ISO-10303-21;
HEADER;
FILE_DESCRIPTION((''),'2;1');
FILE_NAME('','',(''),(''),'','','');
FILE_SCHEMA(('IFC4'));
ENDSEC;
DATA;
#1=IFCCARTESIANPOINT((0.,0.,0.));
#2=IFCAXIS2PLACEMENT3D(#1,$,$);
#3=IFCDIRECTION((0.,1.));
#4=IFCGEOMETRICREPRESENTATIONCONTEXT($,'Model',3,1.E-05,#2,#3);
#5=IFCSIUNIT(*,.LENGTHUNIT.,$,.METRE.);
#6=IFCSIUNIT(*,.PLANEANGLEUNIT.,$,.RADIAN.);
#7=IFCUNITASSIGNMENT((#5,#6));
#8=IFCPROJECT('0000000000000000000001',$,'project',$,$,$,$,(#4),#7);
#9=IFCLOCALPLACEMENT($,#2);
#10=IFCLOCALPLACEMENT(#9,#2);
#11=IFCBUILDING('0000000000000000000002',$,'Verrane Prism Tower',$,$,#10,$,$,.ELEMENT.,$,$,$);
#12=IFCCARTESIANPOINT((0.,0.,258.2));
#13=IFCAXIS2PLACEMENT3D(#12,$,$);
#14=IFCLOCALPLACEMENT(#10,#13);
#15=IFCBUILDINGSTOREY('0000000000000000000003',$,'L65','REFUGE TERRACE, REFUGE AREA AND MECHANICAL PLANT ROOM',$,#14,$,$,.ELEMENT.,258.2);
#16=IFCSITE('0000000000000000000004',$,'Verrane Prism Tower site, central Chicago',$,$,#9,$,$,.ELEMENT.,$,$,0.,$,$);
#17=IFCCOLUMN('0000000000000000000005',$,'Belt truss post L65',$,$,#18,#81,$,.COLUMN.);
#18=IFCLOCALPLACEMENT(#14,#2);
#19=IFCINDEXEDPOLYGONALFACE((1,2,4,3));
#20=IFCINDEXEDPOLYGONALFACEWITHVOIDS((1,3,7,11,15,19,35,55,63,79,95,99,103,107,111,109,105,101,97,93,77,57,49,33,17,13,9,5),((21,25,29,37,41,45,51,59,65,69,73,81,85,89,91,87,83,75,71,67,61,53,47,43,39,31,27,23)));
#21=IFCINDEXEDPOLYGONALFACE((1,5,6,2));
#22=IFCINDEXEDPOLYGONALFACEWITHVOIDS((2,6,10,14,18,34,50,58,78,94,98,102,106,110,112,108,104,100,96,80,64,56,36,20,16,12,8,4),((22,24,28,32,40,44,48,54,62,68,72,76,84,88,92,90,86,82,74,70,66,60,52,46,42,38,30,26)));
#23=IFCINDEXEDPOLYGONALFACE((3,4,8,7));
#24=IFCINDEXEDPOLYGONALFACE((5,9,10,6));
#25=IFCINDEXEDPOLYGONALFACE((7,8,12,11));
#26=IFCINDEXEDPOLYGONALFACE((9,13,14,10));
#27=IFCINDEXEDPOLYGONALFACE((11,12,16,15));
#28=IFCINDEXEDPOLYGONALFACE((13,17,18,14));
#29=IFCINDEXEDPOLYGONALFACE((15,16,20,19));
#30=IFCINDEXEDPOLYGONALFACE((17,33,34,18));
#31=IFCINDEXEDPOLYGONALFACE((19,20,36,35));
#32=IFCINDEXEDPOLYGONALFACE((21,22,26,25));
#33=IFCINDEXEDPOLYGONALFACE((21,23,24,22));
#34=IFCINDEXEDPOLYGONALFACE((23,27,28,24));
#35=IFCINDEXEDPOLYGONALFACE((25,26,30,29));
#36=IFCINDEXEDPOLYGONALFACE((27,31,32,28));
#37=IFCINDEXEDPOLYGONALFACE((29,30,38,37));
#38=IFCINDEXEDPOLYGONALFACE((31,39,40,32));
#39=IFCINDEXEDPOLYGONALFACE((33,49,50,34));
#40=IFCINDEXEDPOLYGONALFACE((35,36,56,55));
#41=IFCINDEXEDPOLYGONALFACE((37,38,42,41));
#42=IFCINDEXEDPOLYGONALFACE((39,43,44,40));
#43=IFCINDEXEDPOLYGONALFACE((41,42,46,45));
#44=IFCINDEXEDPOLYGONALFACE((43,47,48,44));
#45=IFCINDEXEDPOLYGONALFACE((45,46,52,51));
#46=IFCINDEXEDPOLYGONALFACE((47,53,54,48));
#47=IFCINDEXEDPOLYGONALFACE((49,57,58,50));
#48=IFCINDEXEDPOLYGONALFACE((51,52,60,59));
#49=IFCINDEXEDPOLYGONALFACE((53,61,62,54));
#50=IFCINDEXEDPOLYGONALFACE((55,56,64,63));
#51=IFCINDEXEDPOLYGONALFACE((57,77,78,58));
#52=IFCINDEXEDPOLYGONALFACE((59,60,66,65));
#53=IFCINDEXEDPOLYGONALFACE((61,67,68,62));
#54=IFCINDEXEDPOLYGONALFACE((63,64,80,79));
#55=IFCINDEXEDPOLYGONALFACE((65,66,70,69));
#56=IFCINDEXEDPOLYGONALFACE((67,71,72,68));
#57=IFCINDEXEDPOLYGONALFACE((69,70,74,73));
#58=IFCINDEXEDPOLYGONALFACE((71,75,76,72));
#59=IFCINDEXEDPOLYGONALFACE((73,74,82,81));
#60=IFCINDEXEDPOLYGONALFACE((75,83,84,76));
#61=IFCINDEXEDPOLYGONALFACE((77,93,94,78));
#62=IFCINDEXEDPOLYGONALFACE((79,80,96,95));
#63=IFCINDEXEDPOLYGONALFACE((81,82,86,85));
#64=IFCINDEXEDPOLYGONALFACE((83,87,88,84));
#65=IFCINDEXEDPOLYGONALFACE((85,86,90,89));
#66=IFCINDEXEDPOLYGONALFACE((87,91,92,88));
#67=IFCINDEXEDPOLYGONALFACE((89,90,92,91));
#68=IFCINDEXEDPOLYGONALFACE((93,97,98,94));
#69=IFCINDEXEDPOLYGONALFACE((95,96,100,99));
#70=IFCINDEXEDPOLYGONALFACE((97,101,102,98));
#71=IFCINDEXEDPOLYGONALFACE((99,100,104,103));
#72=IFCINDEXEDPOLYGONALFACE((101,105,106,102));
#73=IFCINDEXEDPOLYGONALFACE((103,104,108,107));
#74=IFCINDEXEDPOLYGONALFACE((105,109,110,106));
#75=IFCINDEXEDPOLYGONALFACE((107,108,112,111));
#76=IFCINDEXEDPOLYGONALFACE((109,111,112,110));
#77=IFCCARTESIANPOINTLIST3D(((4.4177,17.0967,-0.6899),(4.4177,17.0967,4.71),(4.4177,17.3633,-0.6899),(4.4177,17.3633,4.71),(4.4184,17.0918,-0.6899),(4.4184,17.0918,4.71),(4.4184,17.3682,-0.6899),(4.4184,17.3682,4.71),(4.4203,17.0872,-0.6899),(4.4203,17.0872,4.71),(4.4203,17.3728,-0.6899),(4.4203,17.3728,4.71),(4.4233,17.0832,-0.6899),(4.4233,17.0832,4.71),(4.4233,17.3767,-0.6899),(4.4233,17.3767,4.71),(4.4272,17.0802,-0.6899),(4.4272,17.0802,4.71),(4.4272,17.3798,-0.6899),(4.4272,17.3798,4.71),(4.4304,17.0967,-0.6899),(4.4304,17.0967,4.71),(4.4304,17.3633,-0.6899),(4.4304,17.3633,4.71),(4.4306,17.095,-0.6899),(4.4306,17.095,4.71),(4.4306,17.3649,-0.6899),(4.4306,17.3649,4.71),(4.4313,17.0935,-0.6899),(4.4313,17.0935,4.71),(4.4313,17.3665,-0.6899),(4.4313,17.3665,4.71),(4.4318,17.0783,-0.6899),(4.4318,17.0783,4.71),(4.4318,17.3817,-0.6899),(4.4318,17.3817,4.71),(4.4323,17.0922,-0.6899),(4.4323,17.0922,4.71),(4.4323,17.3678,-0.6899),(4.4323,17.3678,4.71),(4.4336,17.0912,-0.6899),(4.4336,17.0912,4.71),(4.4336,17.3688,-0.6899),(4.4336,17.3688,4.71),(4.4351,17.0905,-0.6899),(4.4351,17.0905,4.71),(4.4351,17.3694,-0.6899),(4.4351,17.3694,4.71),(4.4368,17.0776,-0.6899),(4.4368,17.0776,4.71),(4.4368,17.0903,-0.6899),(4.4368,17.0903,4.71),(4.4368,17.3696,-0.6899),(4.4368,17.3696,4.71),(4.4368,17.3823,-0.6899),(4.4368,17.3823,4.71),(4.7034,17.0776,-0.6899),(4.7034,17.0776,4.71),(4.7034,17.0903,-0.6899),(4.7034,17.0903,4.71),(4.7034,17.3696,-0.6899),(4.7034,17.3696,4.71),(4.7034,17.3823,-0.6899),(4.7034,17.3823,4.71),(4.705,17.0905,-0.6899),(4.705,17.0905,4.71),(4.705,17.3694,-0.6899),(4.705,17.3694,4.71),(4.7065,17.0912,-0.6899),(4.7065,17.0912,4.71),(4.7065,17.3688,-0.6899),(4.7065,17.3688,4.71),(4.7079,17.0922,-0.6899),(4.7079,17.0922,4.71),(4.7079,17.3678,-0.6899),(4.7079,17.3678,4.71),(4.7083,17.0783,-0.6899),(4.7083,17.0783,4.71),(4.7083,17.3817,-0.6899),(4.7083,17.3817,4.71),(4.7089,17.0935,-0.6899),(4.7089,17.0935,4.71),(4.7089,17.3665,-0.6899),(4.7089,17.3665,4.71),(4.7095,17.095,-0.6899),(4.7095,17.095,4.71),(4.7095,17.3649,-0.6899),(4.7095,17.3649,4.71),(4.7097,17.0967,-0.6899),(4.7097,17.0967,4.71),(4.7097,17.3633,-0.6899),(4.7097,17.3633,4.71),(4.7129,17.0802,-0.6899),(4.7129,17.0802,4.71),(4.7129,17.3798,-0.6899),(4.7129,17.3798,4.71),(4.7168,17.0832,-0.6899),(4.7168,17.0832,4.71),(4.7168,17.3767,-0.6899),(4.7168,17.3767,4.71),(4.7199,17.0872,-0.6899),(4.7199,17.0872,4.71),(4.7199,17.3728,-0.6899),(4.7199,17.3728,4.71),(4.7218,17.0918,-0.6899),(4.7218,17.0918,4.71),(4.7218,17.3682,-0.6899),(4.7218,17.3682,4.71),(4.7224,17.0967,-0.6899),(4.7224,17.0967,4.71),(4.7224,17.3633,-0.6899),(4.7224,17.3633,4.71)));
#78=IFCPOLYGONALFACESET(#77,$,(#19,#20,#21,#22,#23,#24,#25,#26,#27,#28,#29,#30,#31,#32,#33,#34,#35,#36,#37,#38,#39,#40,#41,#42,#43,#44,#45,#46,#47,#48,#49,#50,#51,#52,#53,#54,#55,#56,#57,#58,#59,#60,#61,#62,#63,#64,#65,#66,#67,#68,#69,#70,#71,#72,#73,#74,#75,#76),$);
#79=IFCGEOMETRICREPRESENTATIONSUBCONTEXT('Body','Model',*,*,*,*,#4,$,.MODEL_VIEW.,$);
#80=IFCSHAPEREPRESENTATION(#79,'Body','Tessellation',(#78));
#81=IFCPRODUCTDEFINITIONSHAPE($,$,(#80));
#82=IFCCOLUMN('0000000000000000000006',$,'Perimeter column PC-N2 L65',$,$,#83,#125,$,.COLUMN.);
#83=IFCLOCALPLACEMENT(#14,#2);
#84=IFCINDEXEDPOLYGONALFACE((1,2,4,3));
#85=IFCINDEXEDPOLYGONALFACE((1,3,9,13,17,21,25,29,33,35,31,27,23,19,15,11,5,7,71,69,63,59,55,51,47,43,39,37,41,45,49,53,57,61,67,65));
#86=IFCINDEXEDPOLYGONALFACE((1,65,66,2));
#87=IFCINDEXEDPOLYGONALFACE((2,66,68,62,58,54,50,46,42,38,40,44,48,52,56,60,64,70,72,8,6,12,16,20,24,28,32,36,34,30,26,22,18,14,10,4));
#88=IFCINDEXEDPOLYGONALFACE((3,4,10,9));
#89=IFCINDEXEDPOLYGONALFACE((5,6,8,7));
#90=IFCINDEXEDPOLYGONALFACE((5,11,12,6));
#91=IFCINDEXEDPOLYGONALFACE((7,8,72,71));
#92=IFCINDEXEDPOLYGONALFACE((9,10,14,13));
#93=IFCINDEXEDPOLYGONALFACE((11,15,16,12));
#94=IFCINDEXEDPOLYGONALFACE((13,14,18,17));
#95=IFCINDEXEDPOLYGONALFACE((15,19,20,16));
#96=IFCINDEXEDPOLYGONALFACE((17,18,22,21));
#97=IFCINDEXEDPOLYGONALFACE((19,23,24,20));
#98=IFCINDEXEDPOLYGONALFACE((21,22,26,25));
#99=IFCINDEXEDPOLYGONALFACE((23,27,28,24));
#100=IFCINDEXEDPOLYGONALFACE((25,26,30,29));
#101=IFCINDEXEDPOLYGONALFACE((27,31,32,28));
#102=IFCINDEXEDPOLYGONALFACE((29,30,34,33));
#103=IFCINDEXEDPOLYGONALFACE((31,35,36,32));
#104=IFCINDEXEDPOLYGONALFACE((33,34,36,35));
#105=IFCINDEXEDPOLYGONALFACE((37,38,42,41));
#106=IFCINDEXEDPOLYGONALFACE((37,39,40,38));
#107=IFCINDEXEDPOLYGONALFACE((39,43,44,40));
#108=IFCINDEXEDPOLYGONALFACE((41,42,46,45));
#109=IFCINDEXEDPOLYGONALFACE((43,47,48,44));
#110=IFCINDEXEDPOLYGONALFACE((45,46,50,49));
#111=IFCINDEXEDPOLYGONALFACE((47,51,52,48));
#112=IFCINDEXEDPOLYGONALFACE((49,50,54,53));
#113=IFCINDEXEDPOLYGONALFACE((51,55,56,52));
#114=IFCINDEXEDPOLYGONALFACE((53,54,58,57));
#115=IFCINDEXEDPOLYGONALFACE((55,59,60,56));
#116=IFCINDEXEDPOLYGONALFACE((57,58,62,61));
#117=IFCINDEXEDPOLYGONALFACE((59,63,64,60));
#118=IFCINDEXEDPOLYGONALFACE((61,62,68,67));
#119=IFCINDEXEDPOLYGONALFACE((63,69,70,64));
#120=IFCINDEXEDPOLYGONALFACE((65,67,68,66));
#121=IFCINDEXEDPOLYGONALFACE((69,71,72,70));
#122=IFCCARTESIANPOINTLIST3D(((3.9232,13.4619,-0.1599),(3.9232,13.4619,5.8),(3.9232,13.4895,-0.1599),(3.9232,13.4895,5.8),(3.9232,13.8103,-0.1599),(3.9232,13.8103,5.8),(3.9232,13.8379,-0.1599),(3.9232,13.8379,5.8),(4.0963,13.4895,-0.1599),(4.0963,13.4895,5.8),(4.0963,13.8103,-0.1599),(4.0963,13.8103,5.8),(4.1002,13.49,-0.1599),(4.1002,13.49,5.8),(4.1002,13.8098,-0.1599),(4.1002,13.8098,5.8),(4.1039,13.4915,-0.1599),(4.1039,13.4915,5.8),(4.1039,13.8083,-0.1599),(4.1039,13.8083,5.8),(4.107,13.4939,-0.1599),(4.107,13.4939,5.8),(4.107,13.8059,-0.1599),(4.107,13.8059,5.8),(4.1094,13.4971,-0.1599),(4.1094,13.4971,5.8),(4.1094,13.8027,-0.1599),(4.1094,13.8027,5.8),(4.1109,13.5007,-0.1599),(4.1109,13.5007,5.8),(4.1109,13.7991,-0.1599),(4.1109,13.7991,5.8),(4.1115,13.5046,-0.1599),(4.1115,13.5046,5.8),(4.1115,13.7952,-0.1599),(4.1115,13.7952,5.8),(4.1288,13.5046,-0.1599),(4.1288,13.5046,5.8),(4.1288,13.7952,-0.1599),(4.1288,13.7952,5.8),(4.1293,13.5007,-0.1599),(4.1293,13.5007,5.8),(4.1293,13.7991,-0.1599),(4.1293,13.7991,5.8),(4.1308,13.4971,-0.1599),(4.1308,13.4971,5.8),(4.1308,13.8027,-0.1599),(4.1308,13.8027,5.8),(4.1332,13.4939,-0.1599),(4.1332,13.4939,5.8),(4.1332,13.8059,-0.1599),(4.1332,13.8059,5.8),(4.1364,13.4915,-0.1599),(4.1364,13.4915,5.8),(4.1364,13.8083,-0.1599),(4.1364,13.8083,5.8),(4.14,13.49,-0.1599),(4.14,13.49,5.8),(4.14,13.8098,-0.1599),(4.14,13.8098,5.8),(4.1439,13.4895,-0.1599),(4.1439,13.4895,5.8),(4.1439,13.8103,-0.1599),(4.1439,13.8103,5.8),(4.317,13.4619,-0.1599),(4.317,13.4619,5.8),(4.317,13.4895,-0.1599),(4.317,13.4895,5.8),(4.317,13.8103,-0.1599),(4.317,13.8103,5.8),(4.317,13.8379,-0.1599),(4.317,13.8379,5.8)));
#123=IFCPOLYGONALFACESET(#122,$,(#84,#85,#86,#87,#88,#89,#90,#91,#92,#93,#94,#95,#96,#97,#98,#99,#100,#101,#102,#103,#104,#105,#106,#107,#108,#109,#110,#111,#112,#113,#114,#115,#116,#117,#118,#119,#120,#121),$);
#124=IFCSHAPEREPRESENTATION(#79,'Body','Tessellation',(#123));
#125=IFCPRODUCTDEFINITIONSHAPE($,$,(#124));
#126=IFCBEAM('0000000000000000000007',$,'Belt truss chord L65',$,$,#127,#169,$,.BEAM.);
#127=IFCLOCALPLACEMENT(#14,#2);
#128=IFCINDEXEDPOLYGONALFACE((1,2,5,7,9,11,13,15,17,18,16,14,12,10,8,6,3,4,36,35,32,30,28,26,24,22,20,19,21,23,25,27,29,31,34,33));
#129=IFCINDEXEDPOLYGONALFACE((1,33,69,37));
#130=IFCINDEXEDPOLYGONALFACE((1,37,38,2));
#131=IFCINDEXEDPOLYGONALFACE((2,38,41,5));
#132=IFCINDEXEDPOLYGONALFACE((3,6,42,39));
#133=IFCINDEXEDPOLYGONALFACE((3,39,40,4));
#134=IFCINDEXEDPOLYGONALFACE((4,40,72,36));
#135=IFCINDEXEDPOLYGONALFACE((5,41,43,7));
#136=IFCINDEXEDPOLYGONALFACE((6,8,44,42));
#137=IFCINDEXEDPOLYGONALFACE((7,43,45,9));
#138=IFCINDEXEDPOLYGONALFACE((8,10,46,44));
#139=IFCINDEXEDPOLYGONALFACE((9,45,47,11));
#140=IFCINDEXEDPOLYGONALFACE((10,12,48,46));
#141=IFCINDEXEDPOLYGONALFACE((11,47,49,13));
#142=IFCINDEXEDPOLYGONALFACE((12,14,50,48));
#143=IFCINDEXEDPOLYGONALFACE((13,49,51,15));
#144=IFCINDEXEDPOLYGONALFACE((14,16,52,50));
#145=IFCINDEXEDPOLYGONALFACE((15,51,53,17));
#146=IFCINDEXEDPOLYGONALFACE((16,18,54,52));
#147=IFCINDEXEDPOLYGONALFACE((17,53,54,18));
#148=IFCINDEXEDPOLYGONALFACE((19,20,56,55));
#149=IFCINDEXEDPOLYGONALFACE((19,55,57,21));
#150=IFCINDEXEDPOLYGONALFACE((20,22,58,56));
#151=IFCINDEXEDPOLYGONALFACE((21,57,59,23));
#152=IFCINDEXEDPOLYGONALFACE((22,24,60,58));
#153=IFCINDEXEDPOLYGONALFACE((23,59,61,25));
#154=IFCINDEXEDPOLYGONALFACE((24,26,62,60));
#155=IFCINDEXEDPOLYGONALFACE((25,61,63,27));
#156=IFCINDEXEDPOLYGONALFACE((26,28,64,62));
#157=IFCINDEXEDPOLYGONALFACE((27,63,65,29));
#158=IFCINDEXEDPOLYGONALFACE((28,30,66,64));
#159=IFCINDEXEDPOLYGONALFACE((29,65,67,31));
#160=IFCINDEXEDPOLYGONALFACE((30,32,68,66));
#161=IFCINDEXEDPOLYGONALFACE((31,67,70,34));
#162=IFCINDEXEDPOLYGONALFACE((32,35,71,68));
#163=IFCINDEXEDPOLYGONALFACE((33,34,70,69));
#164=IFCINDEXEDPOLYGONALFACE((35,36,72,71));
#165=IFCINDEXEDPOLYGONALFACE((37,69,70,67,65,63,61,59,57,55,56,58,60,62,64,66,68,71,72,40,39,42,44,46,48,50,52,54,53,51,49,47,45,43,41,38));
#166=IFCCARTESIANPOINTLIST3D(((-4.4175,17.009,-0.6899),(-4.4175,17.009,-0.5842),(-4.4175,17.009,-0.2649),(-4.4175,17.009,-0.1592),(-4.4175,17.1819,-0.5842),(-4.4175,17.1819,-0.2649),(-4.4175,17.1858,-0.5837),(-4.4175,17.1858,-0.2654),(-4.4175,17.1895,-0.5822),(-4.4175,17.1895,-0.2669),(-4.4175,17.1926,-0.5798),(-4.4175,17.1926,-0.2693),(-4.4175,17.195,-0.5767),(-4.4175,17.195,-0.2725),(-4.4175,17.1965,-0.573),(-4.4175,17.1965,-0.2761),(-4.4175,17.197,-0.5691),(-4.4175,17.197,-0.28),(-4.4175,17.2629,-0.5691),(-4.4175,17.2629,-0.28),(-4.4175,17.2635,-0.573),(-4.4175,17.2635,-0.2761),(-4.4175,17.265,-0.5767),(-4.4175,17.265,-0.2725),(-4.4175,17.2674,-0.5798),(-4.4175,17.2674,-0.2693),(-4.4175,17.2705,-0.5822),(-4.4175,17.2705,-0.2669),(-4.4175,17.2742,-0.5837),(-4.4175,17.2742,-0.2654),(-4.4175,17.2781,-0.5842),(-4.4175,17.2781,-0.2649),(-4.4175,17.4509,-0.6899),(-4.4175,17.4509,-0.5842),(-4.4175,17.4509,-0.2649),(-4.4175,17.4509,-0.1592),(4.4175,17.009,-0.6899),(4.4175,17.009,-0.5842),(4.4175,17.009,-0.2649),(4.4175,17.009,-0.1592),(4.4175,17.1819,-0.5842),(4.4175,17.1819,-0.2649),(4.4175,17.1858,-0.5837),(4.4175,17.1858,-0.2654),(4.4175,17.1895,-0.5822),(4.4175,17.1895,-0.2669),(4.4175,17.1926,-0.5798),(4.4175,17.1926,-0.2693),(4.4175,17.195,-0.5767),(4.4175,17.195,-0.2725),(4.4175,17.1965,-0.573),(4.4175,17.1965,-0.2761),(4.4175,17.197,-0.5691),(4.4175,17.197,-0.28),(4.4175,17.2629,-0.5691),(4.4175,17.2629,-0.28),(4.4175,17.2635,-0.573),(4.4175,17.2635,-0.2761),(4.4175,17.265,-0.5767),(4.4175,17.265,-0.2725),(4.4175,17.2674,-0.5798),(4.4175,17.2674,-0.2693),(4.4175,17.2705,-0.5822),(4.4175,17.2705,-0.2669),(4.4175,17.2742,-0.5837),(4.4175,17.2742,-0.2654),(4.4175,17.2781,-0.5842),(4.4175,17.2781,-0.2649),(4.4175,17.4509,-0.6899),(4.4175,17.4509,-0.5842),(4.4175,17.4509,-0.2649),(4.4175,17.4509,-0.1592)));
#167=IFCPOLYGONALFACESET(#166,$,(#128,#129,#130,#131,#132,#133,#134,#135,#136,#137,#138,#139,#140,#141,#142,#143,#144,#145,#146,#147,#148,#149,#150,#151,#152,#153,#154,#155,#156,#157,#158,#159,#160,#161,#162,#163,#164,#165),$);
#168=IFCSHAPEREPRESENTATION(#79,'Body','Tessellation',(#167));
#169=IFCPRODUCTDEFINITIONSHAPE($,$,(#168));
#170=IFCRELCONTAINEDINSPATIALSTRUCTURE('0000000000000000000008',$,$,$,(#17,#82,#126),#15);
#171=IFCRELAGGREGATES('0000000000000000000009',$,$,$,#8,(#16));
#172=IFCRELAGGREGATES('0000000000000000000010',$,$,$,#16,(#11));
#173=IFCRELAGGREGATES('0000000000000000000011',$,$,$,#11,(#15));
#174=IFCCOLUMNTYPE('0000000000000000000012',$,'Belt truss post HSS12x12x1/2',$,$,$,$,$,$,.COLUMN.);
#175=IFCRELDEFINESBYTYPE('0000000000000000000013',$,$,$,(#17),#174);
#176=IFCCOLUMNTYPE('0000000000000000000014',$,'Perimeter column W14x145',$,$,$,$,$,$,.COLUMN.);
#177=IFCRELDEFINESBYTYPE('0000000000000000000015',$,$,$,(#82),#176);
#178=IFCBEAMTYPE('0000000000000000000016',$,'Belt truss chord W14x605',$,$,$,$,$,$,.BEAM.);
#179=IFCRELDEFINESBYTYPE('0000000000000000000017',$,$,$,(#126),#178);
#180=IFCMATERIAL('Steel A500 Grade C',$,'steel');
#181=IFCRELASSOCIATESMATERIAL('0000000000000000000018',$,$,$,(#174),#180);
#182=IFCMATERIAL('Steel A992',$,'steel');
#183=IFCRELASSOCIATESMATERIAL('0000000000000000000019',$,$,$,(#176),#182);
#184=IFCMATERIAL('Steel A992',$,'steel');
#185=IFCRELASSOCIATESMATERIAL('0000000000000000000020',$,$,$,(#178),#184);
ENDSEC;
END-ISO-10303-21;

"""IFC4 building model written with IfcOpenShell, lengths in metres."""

from ifc_helpers import new_model, si_unit, direction, frame, origin, origin_2d, place, context, subcontext, project, spatial, hollow_rectangle, i_section, extrude, material, material_profile, profile_set, type_object, element, save


model = new_model("IFC4")

# Units and contexts
model_context = context("Model", 3, precision=1e-05, world=origin(), true_north=direction((0.0, 1.0)))
body_context = subcontext(model_context, "Body", "Model", "MODEL_VIEW")
ifc_project = project(units=[si_unit("LENGTHUNIT", "METRE"), si_unit("PLANEANGLEUNIT", "RADIAN")], contexts=[model_context])

# Site, building, storey
site_placement = place(None, origin())
site = spatial("IfcSite", under=ifc_project, at=site_placement, Name="Verrane Prism Tower site, central Chicago", CompositionType="ELEMENT", RefElevation=0.0)
building_placement = place(site_placement, origin())
building = spatial("IfcBuilding", under=site, at=building_placement, Name="Verrane Prism Tower", CompositionType="ELEMENT")
storey_placement = place(building_placement, frame((0.0, 0.0, 258.2)))
storey = spatial("IfcBuildingStorey", under=building, at=storey_placement, Name="L65", Description="REFUGE TERRACE, REFUGE AREA AND MECHANICAL PLANT ROOM", CompositionType="ELEMENT", Elevation=258.2)

# Columns
ifc_material_1 = material(Name="Steel A500 Grade C", Category="steel")
ifc_material_profile_1 = material_profile(ifc_material_1, hollow_rectangle(XDim=0.3047, YDim=0.3047, WallThickness=0.0127, InnerFilletRadius=0.0063, OuterFilletRadius=0.019, at=origin_2d()), Name="HSS12x12x1/2")
ifc_profile_set_1 = profile_set([ifc_material_profile_1], Name="Steel A500 Grade C")
column_type_1 = type_object("IfcColumnType", Name="Belt truss post HSS12x12x1/2", PredefinedType="COLUMN", material=ifc_profile_set_1)
column_1_placement = place(storey_placement, frame((4.5701, 17.23, -0.6899), z_axis=(0.0, 0.0, 1.0), x_axis=(1.0, 0.0, 0.0)))
element("IfcColumn", 1, at=column_1_placement, inside=storey, type_object=column_type_1, Name="Belt truss post L65", PredefinedType="COLUMN", context=body_context, shape_type="SweptSolid", body=[
    extrude(hollow_rectangle(XDim=0.3047, YDim=0.3047, WallThickness=0.0127, InnerFilletRadius=0.0063, OuterFilletRadius=0.019, at=origin_2d()), origin(), (0.0, 0.0, 1.0), 5.3999),
])
ifc_material_2 = material(Name="Steel A992", Category="steel")
ifc_material_profile_2 = material_profile(ifc_material_2, i_section(OverallWidth=0.3938, OverallDepth=0.376, WebThickness=0.0173, FlangeThickness=0.0276, FilletRadius=0.0151, at=origin_2d()), Name="W14x145")
ifc_profile_set_2 = profile_set([ifc_material_profile_2], Name="Steel A992")
column_type_2 = type_object("IfcColumnType", Name="Perimeter column W14x145", PredefinedType="COLUMN", material=ifc_profile_set_2)
column_2_placement = place(storey_placement, frame((4.1201, 13.6499, -0.1599), z_axis=(0.0, 0.0, 1.0), x_axis=(1.0, 0.0, 0.0)))
element("IfcColumn", 2, at=column_2_placement, inside=storey, type_object=column_type_2, Name="Perimeter column PC-N2 L65", PredefinedType="COLUMN", context=body_context, shape_type="SweptSolid", body=[
    extrude(i_section(OverallWidth=0.3938, OverallDepth=0.376, WebThickness=0.0173, FlangeThickness=0.0276, FilletRadius=0.0151, at=origin_2d()), origin(), (0.0, 0.0, 1.0), 5.96),
])

# Beam
ifc_material_3 = material(Name="Steel A992", Category="steel")
ifc_material_profile_3 = material_profile(ifc_material_3, i_section(OverallWidth=0.4419, OverallDepth=0.5308, WebThickness=0.0659, FlangeThickness=0.1057, FilletRadius=0.0151, at=origin_2d()), Name="W14x605")
ifc_profile_set_3 = profile_set([ifc_material_profile_3], Name="Steel A992")
beam_type_1 = type_object("IfcBeamType", Name="Belt truss chord W14x605", PredefinedType="BEAM", material=ifc_profile_set_3)
beam_1_placement = place(storey_placement, frame((4.4175, 17.23, -0.4246), z_axis=(-1.0, 0.0, 0.0), x_axis=(0.0, -1.0, 0.0)))
element("IfcBeam", 3, at=beam_1_placement, inside=storey, type_object=beam_type_1, Name="Belt truss chord L65", PredefinedType="BEAM", context=body_context, shape_type="SweptSolid", body=[
    extrude(i_section(OverallWidth=0.4419, OverallDepth=0.5308, WebThickness=0.0659, FlangeThickness=0.1057, FilletRadius=0.0151, at=origin_2d()), origin(), (0.0, 0.0, 1.0), 8.835),
])

save(model, "model.ifc")
